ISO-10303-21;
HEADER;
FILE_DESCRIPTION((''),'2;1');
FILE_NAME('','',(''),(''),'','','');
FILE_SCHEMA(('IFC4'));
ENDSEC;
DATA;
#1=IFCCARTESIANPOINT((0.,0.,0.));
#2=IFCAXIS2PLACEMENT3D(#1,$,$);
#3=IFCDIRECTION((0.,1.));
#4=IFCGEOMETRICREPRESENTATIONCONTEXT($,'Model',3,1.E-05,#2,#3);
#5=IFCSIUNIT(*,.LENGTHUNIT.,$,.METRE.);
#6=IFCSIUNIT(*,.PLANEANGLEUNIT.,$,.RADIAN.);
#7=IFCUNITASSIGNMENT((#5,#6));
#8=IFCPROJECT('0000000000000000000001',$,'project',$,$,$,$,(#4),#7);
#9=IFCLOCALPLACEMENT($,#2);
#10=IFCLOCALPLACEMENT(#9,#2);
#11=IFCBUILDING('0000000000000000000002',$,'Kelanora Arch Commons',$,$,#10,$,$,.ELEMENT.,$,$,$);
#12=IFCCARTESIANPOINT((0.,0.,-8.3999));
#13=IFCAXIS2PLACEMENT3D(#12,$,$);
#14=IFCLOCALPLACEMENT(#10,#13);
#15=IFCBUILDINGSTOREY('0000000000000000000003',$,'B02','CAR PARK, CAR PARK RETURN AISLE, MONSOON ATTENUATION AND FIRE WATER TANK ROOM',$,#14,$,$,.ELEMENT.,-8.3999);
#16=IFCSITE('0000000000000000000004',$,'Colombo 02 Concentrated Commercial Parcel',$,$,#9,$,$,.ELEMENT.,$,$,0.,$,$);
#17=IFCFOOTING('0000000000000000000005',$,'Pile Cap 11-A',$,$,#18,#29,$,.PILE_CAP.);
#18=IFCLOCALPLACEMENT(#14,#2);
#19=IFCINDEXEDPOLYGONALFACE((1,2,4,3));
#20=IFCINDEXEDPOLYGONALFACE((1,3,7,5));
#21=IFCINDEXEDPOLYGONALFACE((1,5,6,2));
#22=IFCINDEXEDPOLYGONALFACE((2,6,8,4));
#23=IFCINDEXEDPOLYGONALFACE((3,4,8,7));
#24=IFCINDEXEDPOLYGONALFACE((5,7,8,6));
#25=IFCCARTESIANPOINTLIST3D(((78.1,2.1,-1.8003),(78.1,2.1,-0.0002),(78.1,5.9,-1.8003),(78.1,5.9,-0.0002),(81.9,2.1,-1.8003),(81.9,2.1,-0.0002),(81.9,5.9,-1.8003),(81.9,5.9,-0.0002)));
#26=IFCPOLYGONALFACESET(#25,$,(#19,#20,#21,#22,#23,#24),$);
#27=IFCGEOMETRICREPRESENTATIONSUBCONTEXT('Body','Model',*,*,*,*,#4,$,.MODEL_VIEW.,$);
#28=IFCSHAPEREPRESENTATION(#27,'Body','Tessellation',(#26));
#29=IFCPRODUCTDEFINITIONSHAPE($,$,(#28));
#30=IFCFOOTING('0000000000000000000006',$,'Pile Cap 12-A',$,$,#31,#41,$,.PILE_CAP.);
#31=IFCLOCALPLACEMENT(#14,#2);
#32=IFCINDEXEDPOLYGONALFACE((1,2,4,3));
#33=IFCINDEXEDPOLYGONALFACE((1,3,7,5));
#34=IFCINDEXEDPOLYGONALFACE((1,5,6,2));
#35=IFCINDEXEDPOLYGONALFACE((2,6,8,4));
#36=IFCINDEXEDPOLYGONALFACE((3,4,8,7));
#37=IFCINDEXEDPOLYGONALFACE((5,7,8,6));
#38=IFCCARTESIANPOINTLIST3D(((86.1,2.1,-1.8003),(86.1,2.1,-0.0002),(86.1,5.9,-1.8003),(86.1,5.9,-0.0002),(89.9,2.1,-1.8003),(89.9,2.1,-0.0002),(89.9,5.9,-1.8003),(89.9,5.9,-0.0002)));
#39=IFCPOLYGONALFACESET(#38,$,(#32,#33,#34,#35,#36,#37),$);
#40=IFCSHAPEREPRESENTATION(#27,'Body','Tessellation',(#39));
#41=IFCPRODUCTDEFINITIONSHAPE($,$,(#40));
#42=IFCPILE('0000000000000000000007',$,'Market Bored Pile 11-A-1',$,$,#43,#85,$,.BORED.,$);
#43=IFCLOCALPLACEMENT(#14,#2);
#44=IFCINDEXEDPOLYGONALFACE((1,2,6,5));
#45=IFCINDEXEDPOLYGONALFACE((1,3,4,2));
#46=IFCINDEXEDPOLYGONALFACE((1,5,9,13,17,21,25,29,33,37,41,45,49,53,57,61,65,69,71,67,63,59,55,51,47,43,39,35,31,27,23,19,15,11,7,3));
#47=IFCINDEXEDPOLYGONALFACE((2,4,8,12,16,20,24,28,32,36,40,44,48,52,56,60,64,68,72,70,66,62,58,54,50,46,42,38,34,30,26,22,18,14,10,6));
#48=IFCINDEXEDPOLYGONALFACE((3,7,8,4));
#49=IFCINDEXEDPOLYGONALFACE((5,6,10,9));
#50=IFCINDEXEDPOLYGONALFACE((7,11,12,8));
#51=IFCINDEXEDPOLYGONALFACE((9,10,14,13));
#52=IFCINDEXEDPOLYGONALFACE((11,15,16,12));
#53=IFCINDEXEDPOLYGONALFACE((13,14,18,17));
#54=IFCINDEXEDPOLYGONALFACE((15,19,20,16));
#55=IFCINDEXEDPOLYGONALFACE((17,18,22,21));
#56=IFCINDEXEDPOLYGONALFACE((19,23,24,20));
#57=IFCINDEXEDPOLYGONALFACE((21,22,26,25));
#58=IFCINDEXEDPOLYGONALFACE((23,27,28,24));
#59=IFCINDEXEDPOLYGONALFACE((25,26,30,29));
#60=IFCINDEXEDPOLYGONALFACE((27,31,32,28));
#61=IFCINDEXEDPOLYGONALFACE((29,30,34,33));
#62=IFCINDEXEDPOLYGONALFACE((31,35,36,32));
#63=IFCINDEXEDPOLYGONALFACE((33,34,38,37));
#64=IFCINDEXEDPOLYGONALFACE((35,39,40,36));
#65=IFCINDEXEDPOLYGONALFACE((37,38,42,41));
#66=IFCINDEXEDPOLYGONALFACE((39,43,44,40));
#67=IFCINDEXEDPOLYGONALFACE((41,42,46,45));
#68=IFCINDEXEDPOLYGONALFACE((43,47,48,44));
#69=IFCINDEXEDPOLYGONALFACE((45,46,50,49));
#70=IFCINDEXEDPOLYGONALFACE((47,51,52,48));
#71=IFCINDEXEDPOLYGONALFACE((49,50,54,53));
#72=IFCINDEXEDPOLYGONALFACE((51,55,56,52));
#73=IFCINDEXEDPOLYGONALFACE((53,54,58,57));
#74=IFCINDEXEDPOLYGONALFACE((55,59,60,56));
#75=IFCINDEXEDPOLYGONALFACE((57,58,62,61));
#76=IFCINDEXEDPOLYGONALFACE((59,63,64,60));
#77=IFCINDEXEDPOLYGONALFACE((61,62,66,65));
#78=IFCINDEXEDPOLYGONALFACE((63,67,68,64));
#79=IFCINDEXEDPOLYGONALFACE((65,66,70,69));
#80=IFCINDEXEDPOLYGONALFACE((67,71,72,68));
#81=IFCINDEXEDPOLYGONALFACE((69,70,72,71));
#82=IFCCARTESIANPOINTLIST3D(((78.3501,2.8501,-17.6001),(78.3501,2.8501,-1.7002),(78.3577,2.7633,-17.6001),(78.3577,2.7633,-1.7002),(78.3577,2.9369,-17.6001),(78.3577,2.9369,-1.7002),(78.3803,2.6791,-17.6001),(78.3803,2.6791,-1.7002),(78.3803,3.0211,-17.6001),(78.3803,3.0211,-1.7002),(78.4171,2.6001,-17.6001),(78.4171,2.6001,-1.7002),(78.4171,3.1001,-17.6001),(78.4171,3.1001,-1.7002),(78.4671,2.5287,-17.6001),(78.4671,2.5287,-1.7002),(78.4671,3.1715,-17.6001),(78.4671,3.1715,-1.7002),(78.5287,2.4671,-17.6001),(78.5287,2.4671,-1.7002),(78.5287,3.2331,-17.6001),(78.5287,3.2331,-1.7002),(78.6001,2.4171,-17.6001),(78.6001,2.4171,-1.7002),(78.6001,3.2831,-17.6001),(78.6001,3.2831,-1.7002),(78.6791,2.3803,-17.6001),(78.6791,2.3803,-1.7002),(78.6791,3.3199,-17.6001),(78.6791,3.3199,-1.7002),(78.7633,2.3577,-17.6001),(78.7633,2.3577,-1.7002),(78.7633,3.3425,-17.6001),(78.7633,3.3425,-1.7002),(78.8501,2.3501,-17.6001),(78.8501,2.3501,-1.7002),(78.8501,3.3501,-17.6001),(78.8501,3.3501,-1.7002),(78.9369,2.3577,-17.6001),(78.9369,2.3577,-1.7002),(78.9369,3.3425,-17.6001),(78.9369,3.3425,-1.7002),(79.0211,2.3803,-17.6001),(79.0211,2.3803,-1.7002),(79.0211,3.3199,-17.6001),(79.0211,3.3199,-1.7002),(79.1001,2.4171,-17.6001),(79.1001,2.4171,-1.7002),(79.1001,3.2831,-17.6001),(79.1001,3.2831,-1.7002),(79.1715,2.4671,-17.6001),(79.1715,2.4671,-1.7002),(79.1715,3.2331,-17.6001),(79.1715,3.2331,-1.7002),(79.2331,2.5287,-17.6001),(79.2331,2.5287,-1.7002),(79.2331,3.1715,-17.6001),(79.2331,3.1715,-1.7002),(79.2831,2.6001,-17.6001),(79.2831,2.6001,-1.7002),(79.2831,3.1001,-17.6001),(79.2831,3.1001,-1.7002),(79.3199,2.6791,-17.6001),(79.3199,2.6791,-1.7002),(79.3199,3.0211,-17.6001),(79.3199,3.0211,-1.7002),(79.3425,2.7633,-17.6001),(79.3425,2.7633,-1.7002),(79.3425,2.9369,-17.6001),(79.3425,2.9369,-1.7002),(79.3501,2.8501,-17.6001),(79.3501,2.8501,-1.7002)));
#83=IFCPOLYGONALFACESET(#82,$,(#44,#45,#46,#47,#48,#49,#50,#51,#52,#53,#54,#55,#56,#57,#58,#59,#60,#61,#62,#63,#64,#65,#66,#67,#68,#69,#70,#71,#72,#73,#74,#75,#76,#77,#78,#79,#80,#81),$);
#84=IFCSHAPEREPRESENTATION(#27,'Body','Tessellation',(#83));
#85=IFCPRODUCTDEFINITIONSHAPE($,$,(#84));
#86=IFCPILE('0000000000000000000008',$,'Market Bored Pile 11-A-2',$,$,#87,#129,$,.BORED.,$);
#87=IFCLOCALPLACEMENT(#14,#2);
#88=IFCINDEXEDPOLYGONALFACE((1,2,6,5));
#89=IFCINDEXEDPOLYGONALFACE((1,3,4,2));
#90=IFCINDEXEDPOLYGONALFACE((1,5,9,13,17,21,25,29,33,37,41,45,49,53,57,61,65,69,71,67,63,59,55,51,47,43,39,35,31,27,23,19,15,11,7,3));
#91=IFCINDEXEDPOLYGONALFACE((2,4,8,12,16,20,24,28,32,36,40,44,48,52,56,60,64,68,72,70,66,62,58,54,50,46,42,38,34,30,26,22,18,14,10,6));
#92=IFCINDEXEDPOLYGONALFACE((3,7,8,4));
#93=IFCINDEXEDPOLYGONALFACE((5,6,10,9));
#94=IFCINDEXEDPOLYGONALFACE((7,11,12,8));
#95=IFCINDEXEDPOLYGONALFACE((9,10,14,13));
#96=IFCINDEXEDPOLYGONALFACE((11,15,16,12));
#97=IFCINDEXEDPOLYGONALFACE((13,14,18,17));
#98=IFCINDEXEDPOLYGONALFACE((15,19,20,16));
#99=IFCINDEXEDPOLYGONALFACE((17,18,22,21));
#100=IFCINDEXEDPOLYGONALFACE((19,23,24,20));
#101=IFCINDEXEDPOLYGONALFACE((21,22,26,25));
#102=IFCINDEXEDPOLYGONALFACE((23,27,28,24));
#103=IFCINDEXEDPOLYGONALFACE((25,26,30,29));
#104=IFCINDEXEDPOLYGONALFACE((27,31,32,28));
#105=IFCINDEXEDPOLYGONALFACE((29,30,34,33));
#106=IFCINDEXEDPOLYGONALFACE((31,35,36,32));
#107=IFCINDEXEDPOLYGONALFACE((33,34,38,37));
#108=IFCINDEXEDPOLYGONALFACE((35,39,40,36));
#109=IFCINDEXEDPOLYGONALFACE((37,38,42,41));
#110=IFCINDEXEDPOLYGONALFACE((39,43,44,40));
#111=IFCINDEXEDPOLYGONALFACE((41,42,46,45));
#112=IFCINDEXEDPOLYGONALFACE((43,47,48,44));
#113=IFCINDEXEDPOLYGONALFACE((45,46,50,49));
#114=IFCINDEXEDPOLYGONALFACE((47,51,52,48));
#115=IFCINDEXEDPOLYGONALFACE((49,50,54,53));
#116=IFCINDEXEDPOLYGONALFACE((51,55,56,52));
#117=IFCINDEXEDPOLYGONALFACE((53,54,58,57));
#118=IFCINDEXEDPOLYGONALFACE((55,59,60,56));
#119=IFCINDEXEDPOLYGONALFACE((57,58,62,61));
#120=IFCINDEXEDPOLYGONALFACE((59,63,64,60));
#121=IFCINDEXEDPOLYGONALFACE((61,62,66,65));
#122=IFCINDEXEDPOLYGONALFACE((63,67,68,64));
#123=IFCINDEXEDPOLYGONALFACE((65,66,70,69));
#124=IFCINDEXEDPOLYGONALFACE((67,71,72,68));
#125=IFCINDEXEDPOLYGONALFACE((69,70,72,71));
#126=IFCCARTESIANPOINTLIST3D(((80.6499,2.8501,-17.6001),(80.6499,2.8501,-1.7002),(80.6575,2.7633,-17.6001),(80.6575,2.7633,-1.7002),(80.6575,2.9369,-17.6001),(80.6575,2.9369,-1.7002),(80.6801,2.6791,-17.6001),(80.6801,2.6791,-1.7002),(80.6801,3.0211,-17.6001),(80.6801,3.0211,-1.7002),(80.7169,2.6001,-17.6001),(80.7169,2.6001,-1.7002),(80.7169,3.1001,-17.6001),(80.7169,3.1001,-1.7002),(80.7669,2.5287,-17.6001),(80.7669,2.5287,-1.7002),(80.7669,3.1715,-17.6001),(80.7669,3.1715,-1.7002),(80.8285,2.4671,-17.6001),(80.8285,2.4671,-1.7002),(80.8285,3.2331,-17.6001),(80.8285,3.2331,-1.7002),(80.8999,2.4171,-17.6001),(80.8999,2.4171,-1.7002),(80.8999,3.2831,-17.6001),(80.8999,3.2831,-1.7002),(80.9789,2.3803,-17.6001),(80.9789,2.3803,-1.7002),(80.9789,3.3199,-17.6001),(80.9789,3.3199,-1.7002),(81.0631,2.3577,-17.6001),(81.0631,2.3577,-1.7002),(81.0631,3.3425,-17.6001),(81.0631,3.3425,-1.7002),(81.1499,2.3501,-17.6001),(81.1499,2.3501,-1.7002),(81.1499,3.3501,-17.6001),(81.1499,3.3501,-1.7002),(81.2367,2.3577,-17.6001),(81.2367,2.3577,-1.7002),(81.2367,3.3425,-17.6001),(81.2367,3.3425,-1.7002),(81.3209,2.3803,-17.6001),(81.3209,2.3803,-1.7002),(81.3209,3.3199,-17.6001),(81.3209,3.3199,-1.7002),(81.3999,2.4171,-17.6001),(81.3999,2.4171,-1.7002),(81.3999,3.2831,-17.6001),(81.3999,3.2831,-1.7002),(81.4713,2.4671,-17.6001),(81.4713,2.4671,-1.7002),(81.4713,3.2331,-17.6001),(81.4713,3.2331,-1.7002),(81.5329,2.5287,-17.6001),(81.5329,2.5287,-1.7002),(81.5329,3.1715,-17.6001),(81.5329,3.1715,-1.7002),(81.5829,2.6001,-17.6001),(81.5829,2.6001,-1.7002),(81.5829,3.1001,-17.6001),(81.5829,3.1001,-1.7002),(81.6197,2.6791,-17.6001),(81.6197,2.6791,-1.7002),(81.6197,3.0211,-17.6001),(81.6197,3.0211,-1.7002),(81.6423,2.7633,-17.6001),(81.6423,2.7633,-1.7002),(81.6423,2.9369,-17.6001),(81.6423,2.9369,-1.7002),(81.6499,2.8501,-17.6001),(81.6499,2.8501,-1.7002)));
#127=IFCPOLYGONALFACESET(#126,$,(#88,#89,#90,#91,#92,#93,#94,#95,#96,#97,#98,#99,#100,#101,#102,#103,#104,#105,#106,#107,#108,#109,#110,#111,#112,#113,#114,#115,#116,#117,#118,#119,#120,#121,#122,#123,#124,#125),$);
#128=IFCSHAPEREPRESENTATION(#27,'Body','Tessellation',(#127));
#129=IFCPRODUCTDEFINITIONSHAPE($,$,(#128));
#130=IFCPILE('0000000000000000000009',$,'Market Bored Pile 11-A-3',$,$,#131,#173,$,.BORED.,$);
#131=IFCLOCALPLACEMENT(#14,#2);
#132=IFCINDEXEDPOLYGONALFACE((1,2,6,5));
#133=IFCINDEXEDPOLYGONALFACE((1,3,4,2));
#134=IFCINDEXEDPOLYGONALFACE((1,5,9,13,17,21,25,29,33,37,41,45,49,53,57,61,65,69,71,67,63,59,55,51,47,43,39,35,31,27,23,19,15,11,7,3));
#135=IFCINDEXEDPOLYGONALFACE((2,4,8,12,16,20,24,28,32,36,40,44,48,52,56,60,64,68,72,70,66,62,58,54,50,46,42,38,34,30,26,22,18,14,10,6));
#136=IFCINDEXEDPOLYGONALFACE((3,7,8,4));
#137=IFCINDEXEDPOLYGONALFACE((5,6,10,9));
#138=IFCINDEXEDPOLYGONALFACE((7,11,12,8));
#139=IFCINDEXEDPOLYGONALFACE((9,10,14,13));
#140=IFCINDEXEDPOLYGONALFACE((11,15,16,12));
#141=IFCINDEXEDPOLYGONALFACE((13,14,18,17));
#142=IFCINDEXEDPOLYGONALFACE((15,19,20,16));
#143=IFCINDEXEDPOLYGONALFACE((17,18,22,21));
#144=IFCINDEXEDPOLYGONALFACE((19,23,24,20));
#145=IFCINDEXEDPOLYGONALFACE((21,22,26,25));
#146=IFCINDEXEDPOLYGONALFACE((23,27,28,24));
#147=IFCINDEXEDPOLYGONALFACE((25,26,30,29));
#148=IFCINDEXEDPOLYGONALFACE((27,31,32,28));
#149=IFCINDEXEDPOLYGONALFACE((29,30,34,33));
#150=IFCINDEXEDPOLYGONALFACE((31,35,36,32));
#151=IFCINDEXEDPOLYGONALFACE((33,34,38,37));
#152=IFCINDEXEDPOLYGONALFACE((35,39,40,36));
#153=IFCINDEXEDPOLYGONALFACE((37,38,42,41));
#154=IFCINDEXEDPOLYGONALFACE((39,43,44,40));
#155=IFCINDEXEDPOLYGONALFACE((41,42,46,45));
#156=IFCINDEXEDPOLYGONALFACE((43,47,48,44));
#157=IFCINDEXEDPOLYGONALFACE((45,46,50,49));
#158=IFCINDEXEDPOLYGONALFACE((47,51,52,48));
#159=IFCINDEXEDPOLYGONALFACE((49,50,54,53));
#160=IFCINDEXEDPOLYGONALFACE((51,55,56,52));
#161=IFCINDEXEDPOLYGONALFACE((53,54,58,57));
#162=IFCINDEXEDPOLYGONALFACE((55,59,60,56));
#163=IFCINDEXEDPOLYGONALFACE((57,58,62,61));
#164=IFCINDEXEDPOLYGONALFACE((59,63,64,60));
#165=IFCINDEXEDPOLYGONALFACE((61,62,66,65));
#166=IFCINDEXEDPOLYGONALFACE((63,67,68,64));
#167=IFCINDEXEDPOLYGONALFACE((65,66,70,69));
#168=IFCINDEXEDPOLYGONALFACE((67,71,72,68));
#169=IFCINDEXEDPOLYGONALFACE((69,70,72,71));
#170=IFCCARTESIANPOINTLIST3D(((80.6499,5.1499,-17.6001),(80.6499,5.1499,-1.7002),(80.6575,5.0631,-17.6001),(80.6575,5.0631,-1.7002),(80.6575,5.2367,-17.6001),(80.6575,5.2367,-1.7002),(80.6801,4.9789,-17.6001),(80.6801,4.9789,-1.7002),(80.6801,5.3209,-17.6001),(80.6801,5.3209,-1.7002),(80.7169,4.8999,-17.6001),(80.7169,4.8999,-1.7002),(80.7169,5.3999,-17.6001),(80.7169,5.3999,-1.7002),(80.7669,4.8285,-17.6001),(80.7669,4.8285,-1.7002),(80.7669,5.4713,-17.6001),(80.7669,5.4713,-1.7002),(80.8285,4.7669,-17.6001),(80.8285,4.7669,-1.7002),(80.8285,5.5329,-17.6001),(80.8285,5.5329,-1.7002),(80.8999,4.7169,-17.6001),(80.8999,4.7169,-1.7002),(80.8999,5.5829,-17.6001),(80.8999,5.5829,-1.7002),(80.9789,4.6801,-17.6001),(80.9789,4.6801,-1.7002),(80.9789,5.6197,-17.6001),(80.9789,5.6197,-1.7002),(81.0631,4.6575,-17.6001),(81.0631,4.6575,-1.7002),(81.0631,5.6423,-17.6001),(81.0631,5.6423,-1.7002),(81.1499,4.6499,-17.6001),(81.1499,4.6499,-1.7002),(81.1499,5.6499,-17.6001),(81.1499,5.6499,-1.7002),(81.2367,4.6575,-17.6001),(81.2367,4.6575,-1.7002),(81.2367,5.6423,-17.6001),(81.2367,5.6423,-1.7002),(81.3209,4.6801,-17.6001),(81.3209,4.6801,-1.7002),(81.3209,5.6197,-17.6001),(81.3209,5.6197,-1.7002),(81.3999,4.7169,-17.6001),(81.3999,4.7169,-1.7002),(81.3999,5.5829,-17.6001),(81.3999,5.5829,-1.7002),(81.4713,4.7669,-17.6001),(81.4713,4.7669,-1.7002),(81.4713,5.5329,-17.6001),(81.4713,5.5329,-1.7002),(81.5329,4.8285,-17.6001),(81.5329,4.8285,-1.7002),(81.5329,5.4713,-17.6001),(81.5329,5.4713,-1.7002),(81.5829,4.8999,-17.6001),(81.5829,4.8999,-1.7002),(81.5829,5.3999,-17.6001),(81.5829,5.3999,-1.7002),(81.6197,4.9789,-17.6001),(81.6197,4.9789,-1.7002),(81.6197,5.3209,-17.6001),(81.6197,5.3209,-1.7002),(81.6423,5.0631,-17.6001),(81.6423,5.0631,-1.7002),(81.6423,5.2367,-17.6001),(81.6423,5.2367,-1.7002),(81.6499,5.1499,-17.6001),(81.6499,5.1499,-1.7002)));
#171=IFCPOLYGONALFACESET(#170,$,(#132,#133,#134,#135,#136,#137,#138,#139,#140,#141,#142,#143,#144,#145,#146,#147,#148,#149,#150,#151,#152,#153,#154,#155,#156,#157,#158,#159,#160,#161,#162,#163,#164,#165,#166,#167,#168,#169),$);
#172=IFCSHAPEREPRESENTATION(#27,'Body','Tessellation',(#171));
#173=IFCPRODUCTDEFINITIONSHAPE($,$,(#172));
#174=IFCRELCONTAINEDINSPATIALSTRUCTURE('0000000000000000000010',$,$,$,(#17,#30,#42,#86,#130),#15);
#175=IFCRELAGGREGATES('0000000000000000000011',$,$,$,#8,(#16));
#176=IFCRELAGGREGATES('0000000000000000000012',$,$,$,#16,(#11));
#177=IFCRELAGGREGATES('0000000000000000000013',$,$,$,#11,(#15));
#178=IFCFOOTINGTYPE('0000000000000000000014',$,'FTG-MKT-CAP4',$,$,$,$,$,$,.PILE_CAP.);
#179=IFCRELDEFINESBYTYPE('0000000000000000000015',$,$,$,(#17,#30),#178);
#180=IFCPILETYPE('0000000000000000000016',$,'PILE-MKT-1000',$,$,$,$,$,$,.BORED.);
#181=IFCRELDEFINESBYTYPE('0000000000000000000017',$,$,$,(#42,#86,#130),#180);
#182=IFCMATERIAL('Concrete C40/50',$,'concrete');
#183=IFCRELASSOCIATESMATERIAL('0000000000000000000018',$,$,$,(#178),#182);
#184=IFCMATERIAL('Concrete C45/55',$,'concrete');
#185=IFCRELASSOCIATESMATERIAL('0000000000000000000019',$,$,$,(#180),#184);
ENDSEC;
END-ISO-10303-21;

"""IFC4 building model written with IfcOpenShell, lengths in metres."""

from ifc_helpers import new_model, si_unit, direction, frame, origin, origin_2d, place, context, subcontext, project, spatial, rectangle, circle, extrude, source, transform, mapped, material, material_profile, profile_set, type_object, element, save


model = new_model("IFC4")

# Units and contexts
model_context = context("Model", 3, precision=1e-05, world=origin(), true_north=direction((0.0, 1.0)))
body_context = subcontext(model_context, "Body", "Model", "MODEL_VIEW")
ifc_project = project(units=[si_unit("LENGTHUNIT", "METRE"), si_unit("PLANEANGLEUNIT", "RADIAN")], contexts=[model_context])

# Site, building, storey
site_placement = place(None, origin())
site = spatial("IfcSite", under=ifc_project, at=site_placement, Name="Colombo 02 Concentrated Commercial Parcel", CompositionType="ELEMENT", RefElevation=0.0)
building_placement = place(site_placement, origin())
building = spatial("IfcBuilding", under=site, at=building_placement, Name="Kelanora Arch Commons", CompositionType="ELEMENT")
storey_placement = place(building_placement, frame((0.0, 0.0, -8.3999)))
storey = spatial("IfcBuildingStorey", under=building, at=storey_placement, Name="B02", Description="CAR PARK, CAR PARK RETURN AISLE, MONSOON ATTENUATION AND FIRE WATER TANK ROOM", CompositionType="ELEMENT", Elevation=-8.3999)

# Footings
ifc_material_1 = material(Name="Concrete C40/50", Category="concrete")
footing_type_1 = type_object("IfcFootingType", Name="FTG-MKT-CAP4", PredefinedType="PILE_CAP", material=ifc_material_1)
shared_shape_1 = source(origin(), body_context, "Body", "SweptSolid", [
    extrude(rectangle(XDim=3.8, YDim=3.8, at=origin_2d()), origin(), (0.0, 0.0, 1.0), 1.8),
])
for number, where, z_axis, x_axis, name in (
    (1, (80.0, 4.0, -1.8003), (0.0, 0.0, 1.0), (1.0, 0.0, 0.0), "Pile Cap 11-A"),
    (2, (88.0, 4.0, -1.8003), (0.0, 0.0, 1.0), (1.0, 0.0, 0.0), "Pile Cap 12-A"),
):
    element("IfcFooting", number, at=place(storey_placement, frame(where, z_axis=z_axis, x_axis=x_axis)), inside=storey, type_object=footing_type_1, Name=name, PredefinedType="PILE_CAP", context=body_context, shape_type="MappedRepresentation", body=[
        mapped(shared_shape_1, transform((0.0, 0.0, 0.0), scale=1.0)),
    ])

# Piles
ifc_material_2 = material(Name="Concrete C45/55", Category="concrete")
ifc_material_profile_1 = material_profile(ifc_material_2, circle(Radius=0.5, at=origin_2d()), Name="PILE1000")
ifc_profile_set_1 = profile_set([ifc_material_profile_1], Name="Concrete C45/55")
pile_type = type_object("IfcPileType", Name="PILE-MKT-1000", PredefinedType="BORED", material=ifc_profile_set_1)
shared_shape_2 = source(origin(), body_context, "Body", "SweptSolid", [
    extrude(circle(Radius=0.5, at=origin_2d()), origin(), (0.0, 0.0, 1.0), 15.8999),
])
for number, where, z_axis, x_axis, name in (
    (3, (78.8501, 2.8501, -1.7002), (0.0, 0.0, -1.0), (1.0, 0.0, 0.0), "Market Bored Pile 11-A-1"),
    (4, (81.1499, 2.8501, -1.7002), (0.0, 0.0, -1.0), (1.0, 0.0, 0.0), "Market Bored Pile 11-A-2"),
    (5, (81.1499, 5.1499, -1.7002), (0.0, 0.0, -1.0), (1.0, 0.0, 0.0), "Market Bored Pile 11-A-3"),
):
    element("IfcPile", number, at=place(storey_placement, frame(where, z_axis=z_axis, x_axis=x_axis)), inside=storey, type_object=pile_type, Name=name, PredefinedType="BORED", context=body_context, shape_type="MappedRepresentation", body=[
        mapped(shared_shape_2, transform((0.0, 0.0, 0.0), scale=1.0)),
    ])

save(model, "model.ifc")
